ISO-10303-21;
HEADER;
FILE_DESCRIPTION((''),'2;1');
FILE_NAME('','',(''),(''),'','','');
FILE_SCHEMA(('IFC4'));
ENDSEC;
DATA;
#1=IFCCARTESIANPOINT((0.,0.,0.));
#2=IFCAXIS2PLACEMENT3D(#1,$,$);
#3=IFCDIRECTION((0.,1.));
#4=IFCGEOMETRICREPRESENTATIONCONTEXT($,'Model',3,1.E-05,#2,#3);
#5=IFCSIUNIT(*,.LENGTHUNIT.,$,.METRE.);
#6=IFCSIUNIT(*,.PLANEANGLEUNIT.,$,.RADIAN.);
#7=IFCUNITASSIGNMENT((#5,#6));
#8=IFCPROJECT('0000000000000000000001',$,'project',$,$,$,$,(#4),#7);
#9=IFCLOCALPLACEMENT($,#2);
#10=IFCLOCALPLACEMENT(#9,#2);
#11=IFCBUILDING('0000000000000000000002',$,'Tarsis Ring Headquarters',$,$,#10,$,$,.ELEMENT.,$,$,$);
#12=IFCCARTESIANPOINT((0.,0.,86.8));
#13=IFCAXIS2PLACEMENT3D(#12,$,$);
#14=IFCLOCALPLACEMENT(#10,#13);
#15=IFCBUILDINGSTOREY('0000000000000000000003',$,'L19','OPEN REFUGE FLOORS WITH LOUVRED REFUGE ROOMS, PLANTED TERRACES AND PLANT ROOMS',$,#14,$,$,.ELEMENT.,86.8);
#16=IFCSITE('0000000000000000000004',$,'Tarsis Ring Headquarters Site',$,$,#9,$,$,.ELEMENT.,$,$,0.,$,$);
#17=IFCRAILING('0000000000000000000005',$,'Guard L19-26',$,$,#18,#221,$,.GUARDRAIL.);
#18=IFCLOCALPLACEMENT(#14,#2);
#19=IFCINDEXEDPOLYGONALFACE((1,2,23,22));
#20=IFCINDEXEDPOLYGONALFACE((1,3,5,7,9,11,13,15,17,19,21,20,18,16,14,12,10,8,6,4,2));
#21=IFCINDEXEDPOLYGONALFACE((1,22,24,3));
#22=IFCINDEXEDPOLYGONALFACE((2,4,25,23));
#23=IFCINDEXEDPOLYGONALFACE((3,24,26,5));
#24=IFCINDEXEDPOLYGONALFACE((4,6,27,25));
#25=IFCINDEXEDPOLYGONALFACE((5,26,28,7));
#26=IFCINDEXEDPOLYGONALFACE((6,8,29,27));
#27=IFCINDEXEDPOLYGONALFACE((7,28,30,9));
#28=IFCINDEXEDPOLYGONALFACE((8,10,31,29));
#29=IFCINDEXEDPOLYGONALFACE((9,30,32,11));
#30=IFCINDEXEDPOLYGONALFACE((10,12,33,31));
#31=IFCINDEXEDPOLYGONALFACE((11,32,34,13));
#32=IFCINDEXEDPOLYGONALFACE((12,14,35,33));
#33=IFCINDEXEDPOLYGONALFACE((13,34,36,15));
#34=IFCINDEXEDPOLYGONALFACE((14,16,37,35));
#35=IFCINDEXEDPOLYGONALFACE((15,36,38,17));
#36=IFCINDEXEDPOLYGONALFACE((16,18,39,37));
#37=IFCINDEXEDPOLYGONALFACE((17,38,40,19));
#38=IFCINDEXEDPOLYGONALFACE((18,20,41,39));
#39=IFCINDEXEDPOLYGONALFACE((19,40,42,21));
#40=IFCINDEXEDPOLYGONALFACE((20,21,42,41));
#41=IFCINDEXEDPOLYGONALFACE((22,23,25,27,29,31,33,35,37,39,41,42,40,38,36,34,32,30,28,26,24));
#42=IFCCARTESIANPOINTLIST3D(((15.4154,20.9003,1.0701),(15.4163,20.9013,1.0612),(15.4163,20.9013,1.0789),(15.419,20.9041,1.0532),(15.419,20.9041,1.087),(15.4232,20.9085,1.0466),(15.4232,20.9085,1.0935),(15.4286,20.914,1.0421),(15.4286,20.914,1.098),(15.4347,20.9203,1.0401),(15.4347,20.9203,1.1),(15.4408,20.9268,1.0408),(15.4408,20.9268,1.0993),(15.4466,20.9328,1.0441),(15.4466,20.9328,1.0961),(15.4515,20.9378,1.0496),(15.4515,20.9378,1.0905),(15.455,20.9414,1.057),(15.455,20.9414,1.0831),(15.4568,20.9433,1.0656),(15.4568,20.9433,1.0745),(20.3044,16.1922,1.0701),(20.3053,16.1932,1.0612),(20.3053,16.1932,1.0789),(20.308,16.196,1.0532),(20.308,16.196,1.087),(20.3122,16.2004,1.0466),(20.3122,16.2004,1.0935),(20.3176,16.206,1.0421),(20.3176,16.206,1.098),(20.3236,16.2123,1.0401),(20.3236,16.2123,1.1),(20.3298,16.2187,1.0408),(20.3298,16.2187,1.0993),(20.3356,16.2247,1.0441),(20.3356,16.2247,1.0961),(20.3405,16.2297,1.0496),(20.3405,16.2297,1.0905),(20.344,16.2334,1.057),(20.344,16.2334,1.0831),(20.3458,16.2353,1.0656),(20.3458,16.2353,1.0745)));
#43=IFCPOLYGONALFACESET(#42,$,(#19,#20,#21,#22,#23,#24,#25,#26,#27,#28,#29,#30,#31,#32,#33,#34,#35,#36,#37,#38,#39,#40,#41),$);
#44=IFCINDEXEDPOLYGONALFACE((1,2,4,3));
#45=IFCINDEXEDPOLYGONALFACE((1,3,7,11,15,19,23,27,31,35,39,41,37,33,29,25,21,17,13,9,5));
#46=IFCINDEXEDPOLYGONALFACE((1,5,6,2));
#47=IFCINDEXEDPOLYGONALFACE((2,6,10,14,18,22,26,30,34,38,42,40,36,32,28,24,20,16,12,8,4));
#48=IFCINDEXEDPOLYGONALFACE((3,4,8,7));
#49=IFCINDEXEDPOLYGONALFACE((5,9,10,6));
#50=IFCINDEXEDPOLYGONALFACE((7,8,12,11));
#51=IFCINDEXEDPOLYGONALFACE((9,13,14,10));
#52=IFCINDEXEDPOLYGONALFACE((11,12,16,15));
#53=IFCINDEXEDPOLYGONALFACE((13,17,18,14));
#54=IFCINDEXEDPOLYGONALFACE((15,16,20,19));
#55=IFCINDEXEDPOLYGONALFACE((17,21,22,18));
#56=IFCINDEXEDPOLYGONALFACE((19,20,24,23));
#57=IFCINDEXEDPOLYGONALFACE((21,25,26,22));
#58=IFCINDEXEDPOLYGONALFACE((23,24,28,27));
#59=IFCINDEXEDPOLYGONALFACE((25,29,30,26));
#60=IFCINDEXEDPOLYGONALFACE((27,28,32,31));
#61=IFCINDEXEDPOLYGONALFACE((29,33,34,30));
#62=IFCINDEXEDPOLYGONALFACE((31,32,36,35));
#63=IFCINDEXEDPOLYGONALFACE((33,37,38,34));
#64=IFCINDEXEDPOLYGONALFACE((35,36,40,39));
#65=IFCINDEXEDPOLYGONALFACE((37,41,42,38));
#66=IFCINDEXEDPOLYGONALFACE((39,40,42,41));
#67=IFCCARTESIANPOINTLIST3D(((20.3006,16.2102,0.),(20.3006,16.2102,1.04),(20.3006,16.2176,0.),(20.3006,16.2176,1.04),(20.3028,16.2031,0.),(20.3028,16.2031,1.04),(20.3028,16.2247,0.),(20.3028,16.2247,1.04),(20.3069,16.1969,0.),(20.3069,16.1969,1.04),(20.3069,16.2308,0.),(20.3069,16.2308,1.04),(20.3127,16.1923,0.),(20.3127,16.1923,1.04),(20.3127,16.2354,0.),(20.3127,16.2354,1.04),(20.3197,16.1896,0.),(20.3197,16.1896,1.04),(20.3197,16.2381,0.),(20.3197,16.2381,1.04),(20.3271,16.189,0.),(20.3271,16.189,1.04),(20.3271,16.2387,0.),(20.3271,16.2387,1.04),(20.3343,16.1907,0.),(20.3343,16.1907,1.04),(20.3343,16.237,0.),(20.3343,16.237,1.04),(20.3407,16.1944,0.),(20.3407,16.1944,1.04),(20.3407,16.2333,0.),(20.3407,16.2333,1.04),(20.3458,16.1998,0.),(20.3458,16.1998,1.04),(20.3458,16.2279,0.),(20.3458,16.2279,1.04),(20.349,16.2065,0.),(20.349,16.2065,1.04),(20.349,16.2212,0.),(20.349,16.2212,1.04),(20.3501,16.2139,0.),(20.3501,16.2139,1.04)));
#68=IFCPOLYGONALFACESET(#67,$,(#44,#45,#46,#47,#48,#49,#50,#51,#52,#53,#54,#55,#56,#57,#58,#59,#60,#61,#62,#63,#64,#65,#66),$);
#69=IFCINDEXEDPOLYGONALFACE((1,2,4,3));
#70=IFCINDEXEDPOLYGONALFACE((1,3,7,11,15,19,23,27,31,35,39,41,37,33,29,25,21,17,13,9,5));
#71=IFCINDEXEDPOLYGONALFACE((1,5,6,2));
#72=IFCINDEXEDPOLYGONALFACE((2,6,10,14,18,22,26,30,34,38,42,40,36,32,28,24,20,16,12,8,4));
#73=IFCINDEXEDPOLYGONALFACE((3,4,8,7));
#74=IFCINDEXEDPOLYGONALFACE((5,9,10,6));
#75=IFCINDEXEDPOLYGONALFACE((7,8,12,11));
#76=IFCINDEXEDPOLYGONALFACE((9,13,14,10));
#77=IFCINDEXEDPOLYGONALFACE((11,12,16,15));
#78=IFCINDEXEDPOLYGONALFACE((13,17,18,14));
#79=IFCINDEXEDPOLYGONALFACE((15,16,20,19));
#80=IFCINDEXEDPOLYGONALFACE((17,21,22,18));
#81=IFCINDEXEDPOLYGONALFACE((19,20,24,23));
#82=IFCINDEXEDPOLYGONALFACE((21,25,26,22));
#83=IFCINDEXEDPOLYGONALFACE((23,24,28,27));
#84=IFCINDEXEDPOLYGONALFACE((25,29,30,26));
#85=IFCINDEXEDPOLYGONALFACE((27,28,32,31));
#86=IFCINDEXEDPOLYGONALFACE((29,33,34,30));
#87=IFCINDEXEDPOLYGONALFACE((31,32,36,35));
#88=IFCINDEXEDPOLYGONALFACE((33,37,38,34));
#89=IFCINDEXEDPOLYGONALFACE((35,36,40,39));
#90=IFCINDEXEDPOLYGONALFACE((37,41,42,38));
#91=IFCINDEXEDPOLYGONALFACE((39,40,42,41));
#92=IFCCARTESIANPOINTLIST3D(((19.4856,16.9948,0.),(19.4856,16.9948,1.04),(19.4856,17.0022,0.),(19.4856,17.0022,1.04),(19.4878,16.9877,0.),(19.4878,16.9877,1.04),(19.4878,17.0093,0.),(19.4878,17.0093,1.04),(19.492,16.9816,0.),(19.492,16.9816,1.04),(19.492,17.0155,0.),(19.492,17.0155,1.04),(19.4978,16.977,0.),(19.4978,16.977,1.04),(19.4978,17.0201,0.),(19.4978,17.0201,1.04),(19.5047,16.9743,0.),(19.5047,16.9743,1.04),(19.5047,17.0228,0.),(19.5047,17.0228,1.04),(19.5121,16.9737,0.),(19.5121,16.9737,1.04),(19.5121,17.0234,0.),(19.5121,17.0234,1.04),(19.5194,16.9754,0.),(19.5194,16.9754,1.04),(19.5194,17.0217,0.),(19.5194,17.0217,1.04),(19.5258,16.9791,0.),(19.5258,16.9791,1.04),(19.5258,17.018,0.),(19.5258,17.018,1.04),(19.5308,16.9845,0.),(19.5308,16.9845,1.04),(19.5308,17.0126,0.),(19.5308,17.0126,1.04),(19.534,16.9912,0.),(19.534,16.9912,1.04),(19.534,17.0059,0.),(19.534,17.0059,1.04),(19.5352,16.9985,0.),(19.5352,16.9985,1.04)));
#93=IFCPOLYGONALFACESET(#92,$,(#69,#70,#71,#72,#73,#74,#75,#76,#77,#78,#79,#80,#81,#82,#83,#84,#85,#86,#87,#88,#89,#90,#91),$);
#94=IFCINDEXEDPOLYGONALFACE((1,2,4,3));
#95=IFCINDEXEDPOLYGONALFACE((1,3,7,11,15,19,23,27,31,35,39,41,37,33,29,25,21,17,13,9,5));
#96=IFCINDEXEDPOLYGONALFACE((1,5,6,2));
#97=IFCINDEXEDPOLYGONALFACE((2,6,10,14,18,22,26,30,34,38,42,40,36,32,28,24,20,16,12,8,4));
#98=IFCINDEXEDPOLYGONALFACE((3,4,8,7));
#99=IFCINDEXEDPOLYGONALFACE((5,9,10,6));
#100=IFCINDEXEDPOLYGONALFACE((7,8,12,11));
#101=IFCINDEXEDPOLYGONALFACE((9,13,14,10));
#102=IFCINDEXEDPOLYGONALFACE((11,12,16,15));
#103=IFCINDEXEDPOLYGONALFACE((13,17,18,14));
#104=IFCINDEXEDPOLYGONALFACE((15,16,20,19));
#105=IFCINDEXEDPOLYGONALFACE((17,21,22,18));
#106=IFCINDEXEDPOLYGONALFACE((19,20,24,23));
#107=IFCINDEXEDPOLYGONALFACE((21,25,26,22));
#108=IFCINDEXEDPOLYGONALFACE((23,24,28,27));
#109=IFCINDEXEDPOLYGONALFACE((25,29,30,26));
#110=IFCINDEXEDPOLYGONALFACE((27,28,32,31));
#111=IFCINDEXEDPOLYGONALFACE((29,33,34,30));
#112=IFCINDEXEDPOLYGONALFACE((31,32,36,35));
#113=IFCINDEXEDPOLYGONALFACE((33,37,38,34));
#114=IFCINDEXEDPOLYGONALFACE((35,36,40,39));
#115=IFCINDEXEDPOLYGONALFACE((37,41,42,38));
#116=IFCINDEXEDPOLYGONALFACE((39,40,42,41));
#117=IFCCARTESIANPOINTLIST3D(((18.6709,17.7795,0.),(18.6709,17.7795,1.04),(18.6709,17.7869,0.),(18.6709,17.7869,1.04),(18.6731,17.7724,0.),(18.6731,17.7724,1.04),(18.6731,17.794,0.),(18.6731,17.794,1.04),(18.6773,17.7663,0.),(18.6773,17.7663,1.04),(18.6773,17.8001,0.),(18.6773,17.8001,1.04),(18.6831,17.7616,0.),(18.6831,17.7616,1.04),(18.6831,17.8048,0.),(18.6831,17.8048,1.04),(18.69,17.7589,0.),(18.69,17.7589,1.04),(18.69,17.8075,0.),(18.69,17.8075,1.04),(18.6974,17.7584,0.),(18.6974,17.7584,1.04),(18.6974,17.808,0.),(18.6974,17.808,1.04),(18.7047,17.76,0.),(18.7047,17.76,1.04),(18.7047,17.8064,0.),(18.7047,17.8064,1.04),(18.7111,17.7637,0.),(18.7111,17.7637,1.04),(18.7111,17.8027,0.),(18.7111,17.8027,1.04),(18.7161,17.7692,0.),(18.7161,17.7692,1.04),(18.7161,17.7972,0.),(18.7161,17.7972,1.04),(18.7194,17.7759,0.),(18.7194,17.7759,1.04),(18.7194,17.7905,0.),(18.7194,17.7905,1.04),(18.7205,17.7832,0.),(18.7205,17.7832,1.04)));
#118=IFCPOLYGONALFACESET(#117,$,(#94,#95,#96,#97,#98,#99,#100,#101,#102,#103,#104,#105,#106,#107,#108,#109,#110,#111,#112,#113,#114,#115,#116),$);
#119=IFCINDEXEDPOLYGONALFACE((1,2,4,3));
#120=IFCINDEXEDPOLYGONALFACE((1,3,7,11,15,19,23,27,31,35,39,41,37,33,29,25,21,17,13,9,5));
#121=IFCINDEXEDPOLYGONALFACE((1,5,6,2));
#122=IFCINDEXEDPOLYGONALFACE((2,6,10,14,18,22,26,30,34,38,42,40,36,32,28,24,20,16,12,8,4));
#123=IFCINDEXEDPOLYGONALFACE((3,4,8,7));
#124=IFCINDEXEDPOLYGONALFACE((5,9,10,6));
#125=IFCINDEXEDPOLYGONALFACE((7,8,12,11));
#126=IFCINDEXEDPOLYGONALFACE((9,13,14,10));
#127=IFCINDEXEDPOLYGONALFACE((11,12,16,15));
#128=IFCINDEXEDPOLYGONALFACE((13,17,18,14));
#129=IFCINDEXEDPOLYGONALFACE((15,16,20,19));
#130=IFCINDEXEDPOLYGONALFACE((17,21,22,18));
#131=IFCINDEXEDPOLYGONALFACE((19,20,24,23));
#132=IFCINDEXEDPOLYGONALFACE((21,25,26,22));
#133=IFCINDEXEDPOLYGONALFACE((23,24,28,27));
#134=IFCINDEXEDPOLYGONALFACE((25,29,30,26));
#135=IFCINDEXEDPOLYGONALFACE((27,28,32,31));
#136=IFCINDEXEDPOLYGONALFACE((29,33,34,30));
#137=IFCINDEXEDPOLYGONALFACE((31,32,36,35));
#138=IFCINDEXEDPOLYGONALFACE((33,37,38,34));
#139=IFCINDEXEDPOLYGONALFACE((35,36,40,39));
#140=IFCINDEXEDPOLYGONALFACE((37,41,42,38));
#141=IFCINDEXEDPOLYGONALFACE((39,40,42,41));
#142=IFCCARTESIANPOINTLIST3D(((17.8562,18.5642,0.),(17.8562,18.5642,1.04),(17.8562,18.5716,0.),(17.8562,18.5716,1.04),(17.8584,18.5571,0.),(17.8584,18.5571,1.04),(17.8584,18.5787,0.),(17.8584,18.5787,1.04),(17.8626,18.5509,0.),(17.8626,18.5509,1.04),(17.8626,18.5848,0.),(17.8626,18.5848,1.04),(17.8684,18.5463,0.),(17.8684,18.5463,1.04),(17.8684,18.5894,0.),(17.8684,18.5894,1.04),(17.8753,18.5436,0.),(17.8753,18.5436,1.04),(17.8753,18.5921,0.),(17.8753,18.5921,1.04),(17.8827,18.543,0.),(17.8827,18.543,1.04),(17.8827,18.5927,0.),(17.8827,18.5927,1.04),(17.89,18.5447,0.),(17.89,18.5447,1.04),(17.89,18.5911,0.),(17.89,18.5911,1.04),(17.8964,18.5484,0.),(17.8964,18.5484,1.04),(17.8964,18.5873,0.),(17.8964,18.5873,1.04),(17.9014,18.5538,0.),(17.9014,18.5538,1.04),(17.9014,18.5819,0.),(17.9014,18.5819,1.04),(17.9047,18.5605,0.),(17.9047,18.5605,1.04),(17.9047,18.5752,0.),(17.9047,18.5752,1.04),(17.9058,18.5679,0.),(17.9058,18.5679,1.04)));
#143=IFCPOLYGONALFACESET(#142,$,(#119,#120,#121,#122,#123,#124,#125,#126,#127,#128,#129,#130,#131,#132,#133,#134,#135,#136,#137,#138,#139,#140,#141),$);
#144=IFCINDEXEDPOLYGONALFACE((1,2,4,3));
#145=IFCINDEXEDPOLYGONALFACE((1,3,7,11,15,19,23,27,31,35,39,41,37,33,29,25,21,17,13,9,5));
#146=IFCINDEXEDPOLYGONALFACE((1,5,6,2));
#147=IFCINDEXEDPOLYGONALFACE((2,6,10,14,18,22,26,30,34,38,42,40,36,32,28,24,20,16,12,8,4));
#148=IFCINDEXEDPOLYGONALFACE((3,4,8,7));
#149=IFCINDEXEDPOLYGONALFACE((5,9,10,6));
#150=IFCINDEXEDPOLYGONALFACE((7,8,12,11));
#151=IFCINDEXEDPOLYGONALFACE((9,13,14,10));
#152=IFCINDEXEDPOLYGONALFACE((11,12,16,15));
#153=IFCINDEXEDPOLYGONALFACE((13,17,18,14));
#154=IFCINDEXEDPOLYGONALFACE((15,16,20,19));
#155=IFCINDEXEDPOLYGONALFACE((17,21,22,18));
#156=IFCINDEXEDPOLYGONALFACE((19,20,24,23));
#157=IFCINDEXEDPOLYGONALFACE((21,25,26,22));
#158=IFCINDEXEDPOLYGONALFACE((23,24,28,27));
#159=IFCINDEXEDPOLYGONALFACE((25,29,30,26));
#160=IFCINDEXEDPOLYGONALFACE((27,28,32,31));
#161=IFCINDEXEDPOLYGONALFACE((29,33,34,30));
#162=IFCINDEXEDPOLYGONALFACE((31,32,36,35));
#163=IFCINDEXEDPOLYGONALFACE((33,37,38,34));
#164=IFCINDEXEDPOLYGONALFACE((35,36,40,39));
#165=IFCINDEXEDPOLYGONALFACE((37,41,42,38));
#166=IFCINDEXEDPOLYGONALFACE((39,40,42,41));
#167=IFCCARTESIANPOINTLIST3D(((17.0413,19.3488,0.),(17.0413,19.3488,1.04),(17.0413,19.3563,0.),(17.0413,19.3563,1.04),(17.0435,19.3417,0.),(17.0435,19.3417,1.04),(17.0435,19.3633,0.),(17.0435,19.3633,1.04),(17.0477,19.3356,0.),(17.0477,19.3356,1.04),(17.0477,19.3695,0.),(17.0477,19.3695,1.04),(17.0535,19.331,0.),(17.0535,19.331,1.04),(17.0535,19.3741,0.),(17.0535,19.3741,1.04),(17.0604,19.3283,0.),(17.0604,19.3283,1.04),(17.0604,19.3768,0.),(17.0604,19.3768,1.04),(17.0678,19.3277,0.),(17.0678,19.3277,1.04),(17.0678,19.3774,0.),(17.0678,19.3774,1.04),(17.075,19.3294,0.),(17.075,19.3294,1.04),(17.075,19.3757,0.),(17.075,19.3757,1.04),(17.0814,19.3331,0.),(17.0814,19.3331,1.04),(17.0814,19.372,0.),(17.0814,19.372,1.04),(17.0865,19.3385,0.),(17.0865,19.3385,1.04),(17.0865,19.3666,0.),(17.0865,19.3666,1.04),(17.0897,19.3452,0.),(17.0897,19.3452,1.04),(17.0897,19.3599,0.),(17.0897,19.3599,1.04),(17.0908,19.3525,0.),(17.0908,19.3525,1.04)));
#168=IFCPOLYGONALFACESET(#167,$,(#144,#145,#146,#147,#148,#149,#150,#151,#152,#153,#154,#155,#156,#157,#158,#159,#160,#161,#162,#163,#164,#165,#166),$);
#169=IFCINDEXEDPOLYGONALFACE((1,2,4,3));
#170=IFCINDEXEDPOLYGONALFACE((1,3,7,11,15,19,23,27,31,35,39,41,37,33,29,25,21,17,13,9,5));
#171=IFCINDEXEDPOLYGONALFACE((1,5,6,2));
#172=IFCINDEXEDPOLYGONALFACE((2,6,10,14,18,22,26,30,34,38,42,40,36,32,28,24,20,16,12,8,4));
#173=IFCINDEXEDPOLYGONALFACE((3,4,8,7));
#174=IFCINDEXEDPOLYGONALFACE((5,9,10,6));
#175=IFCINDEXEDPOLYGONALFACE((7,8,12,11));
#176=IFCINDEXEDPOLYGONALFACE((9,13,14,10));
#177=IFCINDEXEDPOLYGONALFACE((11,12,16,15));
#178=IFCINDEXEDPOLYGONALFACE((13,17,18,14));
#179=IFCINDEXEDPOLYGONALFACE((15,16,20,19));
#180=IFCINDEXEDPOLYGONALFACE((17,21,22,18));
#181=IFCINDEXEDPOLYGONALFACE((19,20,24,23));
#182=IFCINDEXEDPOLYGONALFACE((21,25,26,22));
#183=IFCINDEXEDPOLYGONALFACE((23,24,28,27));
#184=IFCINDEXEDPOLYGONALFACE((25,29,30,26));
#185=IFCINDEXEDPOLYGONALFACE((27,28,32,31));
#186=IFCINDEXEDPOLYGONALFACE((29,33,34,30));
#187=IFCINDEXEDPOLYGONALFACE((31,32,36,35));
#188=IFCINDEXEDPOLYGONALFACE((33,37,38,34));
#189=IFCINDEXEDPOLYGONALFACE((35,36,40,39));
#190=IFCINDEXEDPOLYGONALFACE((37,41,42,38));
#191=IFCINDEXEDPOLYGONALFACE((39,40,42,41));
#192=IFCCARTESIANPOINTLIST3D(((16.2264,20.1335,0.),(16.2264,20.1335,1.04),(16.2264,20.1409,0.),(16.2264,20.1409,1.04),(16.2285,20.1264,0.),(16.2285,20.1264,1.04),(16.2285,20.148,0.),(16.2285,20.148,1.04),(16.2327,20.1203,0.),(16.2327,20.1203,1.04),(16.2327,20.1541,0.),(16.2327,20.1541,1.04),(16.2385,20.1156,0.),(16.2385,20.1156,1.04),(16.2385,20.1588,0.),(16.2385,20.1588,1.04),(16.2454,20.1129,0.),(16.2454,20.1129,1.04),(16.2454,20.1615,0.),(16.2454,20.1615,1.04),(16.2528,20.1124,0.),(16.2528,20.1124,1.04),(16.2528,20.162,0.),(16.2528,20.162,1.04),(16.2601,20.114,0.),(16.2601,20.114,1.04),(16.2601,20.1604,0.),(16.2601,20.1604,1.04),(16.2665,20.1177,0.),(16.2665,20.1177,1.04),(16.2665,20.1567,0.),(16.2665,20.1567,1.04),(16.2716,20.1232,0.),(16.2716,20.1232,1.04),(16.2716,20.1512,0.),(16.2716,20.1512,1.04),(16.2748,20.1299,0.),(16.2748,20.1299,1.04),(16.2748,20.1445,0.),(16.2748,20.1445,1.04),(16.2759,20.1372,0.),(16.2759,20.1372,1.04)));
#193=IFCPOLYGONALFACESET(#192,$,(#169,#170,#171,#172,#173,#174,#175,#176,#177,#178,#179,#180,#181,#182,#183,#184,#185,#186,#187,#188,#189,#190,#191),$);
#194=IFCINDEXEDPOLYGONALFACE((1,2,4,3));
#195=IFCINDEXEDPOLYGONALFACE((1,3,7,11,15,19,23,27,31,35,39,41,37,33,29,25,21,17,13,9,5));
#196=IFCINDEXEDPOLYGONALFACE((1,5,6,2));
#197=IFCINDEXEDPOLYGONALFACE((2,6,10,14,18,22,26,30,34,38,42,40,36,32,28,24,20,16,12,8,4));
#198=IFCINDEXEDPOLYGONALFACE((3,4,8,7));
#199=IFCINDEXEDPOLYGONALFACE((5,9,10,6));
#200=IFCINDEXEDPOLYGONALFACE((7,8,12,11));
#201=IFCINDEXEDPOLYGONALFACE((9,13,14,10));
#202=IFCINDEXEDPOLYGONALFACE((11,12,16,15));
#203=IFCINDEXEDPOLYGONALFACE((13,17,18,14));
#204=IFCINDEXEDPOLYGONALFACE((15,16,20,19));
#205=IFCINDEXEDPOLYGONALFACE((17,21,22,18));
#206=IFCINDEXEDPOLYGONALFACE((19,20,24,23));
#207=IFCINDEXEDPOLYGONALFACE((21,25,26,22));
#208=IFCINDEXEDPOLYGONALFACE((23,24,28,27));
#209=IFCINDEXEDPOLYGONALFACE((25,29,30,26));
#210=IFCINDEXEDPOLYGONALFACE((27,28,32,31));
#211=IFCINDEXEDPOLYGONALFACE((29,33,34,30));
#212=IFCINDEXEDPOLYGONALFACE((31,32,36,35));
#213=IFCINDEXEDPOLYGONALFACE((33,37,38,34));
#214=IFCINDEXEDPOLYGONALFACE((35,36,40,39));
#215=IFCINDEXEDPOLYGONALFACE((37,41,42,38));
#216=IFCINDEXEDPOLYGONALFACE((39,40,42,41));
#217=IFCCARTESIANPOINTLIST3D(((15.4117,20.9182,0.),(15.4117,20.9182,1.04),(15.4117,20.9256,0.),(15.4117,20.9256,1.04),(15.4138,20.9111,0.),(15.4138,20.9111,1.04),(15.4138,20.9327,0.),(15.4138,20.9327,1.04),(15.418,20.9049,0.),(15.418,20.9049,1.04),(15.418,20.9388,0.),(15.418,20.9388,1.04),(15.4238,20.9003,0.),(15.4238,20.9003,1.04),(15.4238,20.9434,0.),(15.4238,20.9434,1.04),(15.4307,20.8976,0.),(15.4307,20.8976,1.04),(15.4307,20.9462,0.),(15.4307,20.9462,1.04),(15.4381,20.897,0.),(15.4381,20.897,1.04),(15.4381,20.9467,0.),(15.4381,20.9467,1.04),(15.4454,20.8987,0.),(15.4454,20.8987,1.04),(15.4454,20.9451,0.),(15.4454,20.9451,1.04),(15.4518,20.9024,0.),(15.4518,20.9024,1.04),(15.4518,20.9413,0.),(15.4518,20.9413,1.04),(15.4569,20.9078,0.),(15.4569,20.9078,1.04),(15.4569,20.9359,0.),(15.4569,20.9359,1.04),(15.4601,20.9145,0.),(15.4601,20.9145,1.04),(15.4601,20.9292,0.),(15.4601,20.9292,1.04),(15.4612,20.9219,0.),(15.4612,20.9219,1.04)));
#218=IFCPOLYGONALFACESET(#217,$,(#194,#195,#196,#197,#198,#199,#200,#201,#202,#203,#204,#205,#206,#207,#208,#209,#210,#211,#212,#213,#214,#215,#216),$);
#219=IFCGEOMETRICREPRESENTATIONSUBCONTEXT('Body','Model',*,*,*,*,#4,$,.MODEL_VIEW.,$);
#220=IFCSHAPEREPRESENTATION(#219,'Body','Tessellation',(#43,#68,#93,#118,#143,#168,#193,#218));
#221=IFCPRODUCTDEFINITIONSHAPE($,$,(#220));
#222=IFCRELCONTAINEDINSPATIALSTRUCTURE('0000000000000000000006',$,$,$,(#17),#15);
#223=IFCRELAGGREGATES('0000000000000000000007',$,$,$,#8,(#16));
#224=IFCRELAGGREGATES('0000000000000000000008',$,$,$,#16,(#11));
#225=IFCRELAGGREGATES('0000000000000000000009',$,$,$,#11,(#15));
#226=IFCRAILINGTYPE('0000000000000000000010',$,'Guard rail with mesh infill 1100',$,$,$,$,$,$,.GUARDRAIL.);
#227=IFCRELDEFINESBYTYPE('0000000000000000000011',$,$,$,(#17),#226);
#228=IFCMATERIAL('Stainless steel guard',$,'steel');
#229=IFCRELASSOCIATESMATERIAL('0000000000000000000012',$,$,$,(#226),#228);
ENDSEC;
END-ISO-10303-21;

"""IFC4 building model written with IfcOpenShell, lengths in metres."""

from ifc_helpers import new_model, si_unit, direction, frame, origin, origin_2d, place, context, subcontext, project, spatial, circle, extrude, material, type_object, element, save


model = new_model("IFC4")

# Units and contexts
model_context = context("Model", 3, precision=1e-05, world=origin(), true_north=direction((0.0, 1.0)))
body_context = subcontext(model_context, "Body", "Model", "MODEL_VIEW")
ifc_project = project(units=[si_unit("LENGTHUNIT", "METRE"), si_unit("PLANEANGLEUNIT", "RADIAN")], contexts=[model_context])

# Site, building, storey
site_placement = place(None, origin())
site = spatial("IfcSite", under=ifc_project, at=site_placement, Name="Tarsis Ring Headquarters Site", CompositionType="ELEMENT", RefElevation=0.0)
building_placement = place(site_placement, origin())
building = spatial("IfcBuilding", under=site, at=building_placement, Name="Tarsis Ring Headquarters", CompositionType="ELEMENT")
storey_placement = place(building_placement, frame((0.0, 0.0, 86.8)))
storey = spatial("IfcBuildingStorey", under=building, at=storey_placement, Name="L19", Description="OPEN REFUGE FLOORS WITH LOUVRED REFUGE ROOMS, PLANTED TERRACES AND PLANT ROOMS", CompositionType="ELEMENT", Elevation=86.8)

# Railing
ifc_material_1 = material(Name="Stainless steel guard", Category="steel")
railing_type = type_object("IfcRailingType", Name="Guard rail with mesh infill 1100", PredefinedType="GUARDRAIL", material=ifc_material_1)
railing_1_placement = place(storey_placement, frame((20.3252, 16.2139, 0.0)))
element("IfcRailing", 1, at=railing_1_placement, inside=storey, type_object=railing_type, Name="Guard L19-26", PredefinedType="GUARDRAIL", context=body_context, shape_type="SweptSolid", body=[
    extrude(circle(Radius=0.03, at=origin_2d()), frame((0.0, 0.0, 1.0701), z_axis=(-0.720308, 0.693654, 0.0), x_axis=(-0.693654, -0.720308, 0.0)), (0.0, 0.0, 1.0), 6.7874),
    extrude(circle(Radius=0.0249, at=origin_2d()), origin(), (0.0, 0.0, 1.0), 1.04),
    extrude(circle(Radius=0.0249, at=origin_2d()), frame((-0.8149, 0.7847, 0.0)), (0.0, 0.0, 1.0), 1.04),
    extrude(circle(Radius=0.0249, at=origin_2d()), frame((-1.6296, 1.5693, 0.0)), (0.0, 0.0, 1.0), 1.04),
    extrude(circle(Radius=0.0249, at=origin_2d()), frame((-2.4443, 2.354, 0.0)), (0.0, 0.0, 1.0), 1.04),
    extrude(circle(Radius=0.0249, at=origin_2d()), frame((-3.2593, 3.1387, 0.0)), (0.0, 0.0, 1.0), 1.04),
    extrude(circle(Radius=0.0249, at=origin_2d()), frame((-4.0742, 3.9233, 0.0)), (0.0, 0.0, 1.0), 1.04),
    extrude(circle(Radius=0.0249, at=origin_2d()), frame((-4.8889, 4.708, 0.0)), (0.0, 0.0, 1.0), 1.04),
])

save(model, "model.ifc")
